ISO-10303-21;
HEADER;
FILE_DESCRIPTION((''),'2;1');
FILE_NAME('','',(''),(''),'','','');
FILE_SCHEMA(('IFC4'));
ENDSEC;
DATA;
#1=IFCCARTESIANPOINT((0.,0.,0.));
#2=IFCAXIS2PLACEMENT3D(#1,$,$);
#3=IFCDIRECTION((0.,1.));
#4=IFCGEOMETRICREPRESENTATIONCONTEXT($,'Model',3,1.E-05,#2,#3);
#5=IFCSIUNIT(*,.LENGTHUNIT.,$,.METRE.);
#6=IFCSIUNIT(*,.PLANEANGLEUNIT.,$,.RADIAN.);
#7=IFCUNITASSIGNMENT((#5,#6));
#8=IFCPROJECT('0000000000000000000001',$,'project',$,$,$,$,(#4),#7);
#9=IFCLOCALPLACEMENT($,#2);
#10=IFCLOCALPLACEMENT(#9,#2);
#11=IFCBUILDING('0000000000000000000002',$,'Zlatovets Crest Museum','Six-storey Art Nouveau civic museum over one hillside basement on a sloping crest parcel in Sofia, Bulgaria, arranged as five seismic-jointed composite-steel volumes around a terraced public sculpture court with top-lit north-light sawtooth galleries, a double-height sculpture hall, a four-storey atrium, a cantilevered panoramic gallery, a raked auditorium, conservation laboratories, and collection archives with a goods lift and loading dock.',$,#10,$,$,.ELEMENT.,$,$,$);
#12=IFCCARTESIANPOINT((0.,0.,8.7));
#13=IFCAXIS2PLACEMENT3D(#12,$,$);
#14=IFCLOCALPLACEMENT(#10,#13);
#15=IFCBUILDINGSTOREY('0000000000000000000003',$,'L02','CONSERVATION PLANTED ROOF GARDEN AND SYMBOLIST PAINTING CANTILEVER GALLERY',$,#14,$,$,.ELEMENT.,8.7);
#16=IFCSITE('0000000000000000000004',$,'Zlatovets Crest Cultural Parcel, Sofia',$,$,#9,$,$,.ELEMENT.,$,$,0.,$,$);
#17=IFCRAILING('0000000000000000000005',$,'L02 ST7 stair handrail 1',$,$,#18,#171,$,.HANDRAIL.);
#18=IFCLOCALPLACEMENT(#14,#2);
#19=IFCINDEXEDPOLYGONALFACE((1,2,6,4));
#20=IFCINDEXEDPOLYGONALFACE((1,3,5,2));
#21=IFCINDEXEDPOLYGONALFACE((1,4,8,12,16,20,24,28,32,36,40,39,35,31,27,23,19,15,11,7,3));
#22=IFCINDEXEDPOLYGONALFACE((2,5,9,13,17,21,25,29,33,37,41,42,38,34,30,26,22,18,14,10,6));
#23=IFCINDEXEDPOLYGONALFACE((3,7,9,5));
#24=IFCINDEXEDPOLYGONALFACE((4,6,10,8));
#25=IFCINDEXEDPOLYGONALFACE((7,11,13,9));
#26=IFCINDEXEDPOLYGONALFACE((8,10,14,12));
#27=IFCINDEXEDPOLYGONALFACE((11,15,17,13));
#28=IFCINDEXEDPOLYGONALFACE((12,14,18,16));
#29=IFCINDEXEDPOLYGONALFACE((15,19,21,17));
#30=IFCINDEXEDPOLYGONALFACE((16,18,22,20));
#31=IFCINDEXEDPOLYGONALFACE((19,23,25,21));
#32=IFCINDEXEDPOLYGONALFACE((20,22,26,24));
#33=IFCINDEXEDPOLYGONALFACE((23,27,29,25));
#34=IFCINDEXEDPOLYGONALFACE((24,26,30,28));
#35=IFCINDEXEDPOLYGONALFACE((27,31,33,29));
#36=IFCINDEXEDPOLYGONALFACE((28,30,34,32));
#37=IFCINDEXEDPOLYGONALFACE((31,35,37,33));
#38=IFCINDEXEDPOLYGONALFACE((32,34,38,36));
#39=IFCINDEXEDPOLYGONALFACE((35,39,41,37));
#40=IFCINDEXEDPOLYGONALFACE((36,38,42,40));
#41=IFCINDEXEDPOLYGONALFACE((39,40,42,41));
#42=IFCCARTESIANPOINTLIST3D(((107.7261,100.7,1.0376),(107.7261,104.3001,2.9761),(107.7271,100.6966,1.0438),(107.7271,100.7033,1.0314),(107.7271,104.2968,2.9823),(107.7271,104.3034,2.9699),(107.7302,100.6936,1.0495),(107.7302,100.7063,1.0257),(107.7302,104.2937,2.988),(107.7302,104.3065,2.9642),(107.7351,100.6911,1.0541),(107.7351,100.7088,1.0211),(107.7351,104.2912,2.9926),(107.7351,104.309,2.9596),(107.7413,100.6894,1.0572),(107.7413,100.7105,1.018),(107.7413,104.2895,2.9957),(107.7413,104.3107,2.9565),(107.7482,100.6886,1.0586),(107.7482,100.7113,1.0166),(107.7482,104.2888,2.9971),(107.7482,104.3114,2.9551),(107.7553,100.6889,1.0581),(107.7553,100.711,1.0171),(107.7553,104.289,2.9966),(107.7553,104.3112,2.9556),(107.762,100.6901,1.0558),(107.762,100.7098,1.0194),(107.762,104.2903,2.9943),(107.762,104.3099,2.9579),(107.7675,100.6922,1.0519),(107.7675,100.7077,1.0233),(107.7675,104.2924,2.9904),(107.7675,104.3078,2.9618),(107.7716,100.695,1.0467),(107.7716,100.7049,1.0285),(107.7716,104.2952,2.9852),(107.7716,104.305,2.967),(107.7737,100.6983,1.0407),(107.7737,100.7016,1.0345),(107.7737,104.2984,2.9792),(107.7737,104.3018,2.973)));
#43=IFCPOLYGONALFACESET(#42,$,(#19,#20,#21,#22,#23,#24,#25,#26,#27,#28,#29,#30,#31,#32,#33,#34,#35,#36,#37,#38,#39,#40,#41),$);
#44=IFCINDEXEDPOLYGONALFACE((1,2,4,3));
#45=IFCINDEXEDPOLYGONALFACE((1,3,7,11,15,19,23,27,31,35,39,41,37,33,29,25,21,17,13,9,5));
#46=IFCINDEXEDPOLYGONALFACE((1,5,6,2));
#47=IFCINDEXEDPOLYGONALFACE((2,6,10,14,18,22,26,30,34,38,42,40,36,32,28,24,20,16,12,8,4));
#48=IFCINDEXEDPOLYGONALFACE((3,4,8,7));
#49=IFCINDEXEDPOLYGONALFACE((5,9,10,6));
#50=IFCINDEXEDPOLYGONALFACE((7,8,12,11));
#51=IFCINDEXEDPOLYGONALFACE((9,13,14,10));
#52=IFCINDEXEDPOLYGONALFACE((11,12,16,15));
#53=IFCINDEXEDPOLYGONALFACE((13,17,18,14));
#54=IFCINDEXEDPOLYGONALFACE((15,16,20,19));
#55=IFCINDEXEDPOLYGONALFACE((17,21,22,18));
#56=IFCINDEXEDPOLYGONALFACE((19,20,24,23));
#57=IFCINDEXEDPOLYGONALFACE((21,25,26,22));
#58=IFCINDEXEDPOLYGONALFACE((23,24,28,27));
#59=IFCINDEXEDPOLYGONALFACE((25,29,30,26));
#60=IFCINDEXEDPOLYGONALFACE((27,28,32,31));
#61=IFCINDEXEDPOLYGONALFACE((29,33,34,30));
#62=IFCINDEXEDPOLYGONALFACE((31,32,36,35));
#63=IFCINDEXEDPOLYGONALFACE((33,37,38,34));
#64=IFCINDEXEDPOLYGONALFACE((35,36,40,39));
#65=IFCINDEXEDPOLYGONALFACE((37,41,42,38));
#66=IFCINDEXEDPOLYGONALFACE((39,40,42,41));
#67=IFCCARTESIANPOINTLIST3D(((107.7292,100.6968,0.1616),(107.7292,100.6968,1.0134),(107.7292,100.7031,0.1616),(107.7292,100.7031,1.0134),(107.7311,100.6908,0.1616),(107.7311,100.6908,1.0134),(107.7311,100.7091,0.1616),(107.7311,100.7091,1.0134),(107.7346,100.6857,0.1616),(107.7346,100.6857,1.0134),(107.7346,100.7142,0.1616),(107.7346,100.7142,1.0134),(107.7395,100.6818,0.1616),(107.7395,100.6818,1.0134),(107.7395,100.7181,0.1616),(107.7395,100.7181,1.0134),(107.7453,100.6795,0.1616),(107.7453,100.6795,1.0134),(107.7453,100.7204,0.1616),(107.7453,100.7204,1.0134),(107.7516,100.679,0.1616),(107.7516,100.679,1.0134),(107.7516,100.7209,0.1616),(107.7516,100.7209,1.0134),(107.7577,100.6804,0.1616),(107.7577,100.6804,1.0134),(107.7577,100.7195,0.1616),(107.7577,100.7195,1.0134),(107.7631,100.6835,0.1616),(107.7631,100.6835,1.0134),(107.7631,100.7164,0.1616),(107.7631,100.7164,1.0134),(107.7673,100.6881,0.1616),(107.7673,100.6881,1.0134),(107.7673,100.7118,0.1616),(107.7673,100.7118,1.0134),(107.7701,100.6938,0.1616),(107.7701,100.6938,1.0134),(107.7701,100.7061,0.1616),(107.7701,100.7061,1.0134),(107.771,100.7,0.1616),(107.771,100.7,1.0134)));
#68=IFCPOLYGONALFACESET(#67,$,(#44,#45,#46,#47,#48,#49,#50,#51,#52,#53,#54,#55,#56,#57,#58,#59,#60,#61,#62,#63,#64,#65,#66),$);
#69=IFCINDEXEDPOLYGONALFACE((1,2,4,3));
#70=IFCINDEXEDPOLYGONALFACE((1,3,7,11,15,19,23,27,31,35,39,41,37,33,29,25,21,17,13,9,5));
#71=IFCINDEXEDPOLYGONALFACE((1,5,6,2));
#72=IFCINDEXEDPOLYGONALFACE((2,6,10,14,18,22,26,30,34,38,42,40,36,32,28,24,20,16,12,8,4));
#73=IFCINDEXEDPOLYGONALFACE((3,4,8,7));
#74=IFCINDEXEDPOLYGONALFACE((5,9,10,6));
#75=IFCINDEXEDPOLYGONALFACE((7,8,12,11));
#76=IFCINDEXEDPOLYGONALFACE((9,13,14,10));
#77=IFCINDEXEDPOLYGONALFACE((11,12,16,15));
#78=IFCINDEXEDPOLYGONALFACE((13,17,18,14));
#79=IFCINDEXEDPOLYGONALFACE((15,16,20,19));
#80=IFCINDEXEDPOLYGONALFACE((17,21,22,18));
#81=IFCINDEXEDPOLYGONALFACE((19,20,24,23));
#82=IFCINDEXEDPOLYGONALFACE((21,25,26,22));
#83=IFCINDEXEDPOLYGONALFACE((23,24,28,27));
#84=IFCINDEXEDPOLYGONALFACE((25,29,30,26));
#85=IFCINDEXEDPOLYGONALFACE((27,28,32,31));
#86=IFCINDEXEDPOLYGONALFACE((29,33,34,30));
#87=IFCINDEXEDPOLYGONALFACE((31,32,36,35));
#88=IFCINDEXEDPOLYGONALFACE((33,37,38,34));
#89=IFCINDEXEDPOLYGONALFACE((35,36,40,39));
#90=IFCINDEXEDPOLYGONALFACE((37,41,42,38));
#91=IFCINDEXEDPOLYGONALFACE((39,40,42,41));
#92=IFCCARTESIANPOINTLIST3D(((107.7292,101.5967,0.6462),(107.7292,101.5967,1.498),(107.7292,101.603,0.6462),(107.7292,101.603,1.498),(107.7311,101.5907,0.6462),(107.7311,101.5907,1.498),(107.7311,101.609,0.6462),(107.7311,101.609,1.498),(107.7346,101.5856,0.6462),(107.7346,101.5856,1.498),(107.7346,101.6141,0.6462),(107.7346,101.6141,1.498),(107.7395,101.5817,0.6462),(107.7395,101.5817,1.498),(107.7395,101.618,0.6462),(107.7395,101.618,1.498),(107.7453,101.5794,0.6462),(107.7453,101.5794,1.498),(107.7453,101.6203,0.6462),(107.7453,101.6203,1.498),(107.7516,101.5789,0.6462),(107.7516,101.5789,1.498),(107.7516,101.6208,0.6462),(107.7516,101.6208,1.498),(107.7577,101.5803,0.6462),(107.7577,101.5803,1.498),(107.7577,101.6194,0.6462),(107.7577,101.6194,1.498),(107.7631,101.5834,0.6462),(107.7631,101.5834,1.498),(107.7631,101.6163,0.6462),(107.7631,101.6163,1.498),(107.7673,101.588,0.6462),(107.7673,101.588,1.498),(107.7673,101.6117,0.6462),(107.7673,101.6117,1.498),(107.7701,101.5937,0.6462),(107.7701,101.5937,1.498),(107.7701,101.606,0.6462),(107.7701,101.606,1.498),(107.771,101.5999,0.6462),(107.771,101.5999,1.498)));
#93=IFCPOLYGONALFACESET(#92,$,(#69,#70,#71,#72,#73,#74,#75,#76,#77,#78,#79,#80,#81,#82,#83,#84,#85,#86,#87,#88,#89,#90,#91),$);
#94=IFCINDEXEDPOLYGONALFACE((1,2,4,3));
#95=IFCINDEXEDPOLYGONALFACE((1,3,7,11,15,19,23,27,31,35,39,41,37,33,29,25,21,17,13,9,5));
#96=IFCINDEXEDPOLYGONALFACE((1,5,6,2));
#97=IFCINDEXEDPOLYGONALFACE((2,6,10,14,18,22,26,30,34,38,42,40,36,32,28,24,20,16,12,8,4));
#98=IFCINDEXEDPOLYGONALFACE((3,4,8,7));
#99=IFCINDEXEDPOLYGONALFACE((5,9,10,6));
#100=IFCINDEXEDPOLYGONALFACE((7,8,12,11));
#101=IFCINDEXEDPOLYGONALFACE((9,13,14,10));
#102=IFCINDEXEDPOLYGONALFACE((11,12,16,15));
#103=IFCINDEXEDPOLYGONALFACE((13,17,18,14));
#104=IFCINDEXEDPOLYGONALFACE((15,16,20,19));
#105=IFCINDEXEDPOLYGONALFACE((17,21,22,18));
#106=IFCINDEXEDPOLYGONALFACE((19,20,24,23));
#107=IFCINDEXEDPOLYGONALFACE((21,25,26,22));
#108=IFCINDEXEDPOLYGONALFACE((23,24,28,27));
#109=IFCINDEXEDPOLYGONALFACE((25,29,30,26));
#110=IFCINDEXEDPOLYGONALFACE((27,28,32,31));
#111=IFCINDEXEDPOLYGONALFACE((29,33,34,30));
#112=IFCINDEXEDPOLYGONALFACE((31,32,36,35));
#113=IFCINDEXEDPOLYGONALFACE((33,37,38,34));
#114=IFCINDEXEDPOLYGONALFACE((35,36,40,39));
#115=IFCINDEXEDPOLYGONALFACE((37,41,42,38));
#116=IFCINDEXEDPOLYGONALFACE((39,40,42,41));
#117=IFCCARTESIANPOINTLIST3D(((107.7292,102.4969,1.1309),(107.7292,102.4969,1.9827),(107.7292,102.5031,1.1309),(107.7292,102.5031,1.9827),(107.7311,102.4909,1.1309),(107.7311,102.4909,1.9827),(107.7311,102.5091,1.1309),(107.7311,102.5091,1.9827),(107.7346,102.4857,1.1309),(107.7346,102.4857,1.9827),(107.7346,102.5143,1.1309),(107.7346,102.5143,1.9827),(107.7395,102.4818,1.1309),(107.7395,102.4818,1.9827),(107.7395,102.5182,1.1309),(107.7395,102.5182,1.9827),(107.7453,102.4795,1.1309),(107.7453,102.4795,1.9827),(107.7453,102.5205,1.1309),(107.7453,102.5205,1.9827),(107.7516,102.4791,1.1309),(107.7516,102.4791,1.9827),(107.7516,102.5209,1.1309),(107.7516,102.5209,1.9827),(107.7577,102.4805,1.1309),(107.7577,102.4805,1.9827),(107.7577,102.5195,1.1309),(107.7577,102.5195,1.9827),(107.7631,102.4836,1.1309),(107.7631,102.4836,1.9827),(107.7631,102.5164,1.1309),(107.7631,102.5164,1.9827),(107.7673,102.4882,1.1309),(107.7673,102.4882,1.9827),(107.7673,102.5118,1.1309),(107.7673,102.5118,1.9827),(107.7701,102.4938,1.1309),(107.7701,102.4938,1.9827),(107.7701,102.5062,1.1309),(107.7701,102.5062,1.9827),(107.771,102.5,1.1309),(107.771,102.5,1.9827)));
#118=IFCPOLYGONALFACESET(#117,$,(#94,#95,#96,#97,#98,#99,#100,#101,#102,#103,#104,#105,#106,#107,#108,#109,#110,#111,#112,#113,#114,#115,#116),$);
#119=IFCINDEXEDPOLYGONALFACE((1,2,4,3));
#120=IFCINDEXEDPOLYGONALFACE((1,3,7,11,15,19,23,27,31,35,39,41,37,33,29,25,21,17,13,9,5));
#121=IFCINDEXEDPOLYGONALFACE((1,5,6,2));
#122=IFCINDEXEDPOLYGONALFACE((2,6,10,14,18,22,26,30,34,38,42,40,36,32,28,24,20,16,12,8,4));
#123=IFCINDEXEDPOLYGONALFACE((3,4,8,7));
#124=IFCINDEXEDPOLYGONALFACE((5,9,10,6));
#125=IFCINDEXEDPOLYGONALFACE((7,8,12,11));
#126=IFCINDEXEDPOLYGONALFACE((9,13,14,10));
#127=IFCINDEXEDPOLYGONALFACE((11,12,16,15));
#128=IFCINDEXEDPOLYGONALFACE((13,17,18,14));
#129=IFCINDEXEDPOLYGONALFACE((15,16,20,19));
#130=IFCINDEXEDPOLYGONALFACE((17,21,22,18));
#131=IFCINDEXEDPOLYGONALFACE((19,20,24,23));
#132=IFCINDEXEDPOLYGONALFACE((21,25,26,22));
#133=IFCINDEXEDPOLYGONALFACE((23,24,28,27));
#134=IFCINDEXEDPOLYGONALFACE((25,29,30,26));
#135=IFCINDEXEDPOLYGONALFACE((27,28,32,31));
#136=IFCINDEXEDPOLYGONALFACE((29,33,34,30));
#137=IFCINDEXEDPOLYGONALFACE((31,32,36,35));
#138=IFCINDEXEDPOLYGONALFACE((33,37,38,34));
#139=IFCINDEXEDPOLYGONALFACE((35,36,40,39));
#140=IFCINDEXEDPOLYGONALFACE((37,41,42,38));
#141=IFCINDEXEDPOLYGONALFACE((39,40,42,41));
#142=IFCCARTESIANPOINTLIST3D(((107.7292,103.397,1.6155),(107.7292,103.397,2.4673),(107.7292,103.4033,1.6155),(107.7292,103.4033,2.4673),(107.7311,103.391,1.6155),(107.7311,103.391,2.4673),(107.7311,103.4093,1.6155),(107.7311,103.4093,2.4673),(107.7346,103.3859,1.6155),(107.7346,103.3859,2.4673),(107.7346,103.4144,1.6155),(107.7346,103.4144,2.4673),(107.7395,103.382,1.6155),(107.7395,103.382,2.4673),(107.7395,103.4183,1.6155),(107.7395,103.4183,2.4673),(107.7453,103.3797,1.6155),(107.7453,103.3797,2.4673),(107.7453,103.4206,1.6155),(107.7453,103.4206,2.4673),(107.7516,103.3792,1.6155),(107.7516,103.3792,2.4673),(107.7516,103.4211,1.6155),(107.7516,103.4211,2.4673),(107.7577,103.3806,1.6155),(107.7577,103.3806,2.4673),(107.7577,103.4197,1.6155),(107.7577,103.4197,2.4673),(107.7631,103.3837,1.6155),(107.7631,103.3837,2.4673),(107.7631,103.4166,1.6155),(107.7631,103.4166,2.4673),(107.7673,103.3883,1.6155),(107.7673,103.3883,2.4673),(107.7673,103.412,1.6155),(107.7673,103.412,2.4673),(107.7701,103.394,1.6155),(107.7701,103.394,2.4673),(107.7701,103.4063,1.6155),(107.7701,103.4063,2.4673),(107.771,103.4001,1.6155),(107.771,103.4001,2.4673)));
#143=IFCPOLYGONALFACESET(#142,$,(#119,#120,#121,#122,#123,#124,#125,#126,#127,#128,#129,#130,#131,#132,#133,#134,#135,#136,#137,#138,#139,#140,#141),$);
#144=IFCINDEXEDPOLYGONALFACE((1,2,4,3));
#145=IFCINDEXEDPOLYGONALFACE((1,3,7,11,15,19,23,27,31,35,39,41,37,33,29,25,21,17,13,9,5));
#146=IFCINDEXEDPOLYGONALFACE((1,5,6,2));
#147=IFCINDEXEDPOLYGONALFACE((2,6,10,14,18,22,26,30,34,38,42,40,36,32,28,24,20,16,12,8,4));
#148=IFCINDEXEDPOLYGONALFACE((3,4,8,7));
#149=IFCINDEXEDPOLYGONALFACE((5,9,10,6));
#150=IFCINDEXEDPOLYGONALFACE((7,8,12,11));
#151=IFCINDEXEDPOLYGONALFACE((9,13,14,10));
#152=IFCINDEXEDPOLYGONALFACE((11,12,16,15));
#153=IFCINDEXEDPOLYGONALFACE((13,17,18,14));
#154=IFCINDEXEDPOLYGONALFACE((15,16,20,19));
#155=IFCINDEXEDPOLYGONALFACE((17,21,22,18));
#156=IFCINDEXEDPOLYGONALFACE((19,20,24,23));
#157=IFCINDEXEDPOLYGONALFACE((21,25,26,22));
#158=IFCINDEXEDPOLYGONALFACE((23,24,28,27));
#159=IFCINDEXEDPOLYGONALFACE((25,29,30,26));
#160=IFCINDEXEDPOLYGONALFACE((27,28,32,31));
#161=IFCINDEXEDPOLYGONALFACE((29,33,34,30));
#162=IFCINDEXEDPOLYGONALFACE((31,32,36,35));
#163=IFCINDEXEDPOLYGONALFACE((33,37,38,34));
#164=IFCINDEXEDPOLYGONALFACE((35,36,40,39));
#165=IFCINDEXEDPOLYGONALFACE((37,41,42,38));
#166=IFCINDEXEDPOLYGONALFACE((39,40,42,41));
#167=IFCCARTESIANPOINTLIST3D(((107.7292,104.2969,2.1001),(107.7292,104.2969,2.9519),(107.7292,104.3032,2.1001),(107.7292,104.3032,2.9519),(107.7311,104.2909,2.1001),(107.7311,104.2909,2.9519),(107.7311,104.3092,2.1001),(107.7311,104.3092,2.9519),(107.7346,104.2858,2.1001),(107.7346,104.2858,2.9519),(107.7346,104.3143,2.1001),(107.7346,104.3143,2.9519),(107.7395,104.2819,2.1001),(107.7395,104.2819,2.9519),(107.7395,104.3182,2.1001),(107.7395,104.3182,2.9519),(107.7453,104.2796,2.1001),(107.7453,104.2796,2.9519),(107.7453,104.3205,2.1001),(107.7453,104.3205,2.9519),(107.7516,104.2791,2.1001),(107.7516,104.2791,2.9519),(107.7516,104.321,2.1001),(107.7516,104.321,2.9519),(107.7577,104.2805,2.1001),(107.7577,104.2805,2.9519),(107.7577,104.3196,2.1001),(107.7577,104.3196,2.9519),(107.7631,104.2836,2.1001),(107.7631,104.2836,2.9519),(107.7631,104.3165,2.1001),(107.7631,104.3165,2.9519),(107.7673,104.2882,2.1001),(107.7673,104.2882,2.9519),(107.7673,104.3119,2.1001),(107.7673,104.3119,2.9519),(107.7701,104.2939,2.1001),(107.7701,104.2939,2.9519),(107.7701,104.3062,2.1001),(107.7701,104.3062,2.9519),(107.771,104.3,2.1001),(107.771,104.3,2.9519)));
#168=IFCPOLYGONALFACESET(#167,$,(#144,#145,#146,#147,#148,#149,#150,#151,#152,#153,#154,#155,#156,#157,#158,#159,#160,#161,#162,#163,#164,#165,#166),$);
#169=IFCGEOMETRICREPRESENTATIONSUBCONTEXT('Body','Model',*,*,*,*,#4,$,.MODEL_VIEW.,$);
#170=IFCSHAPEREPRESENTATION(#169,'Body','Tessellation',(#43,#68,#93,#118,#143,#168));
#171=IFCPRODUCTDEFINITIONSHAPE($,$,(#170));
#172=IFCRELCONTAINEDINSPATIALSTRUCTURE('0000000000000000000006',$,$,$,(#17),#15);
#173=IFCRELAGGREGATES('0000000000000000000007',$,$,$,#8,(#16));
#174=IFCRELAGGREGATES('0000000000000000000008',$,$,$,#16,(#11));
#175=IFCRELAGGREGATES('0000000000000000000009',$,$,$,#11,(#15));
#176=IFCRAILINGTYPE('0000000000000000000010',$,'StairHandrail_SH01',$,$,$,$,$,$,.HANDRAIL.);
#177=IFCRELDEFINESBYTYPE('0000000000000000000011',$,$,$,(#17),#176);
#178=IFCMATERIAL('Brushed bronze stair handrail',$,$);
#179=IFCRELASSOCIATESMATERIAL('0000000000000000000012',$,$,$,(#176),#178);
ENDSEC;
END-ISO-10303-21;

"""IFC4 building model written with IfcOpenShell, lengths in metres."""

from ifc_helpers import new_model, si_unit, direction, frame, origin, origin_2d, place, context, subcontext, project, spatial, circle, extrude, material, type_object, element, save


model = new_model("IFC4")

# Units and contexts
model_context = context("Model", 3, precision=1e-05, world=origin(), true_north=direction((0.0, 1.0)))
body_context = subcontext(model_context, "Body", "Model", "MODEL_VIEW")
ifc_project = project(units=[si_unit("LENGTHUNIT", "METRE"), si_unit("PLANEANGLEUNIT", "RADIAN")], contexts=[model_context])

# Site, building, storey
site_placement = place(None, origin())
site = spatial("IfcSite", under=ifc_project, at=site_placement, Name="Zlatovets Crest Cultural Parcel, Sofia", CompositionType="ELEMENT", RefElevation=0.0)
building_placement = place(site_placement, origin())
building = spatial("IfcBuilding", under=site, at=building_placement, Name="Zlatovets Crest Museum", Description="Six-storey Art Nouveau civic museum over one hillside basement on a sloping crest parcel in Sofia, Bulgaria, arranged as five seismic-jointed composite-steel volumes around a terraced public sculpture court with top-lit north-light sawtooth galleries, a double-height sculpture hall, a four-storey atrium, a cantilevered panoramic gallery, a raked auditorium, conservation laboratories, and collection archives with a goods lift and loading dock.", CompositionType="ELEMENT")
storey_placement = place(building_placement, frame((0.0, 0.0, 8.7)))
storey = spatial("IfcBuildingStorey", under=building, at=storey_placement, Name="L02", Description="CONSERVATION PLANTED ROOF GARDEN AND SYMBOLIST PAINTING CANTILEVER GALLERY", CompositionType="ELEMENT", Elevation=8.7)

# Railing
ifc_material_1 = material(Name="Brushed bronze stair handrail")
railing_type_1 = type_object("IfcRailingType", Name="StairHandrail_SH01", PredefinedType="HANDRAIL", material=ifc_material_1)
railing_1_placement = place(storey_placement, frame((107.75, 100.7, 0.1616)))
element("IfcRailing", 1, at=railing_1_placement, inside=storey, type_object=railing_type_1, Name="L02 ST7 stair handrail 1", PredefinedType="HANDRAIL", context=body_context, shape_type="SweptSolid", body=[
    extrude(circle(Radius=0.0239, at=origin_2d()), frame((0.0, 0.0, 0.876), z_axis=(0.0, 0.880475, 0.474093), x_axis=(-1.0, 0.0, 0.0)), (0.0, 0.0, 1.0), 4.0889),
    extrude(circle(Radius=0.021, at=origin_2d()), origin(), (0.0, 0.0, 1.0), 0.8518),
    extrude(circle(Radius=0.021, at=origin_2d()), frame((0.0, 0.8999, 0.4846)), (0.0, 0.0, 1.0), 0.8518),
    extrude(circle(Radius=0.021, at=origin_2d()), frame((0.0, 1.8, 0.9692)), (0.0, 0.0, 1.0), 0.8518),
    extrude(circle(Radius=0.021, at=origin_2d()), frame((0.0, 2.7002, 1.4539)), (0.0, 0.0, 1.0), 0.8518),
    extrude(circle(Radius=0.021, at=origin_2d()), frame((0.0, 3.6001, 1.9385)), (0.0, 0.0, 1.0), 0.8518),
])

save(model, "model.ifc")
